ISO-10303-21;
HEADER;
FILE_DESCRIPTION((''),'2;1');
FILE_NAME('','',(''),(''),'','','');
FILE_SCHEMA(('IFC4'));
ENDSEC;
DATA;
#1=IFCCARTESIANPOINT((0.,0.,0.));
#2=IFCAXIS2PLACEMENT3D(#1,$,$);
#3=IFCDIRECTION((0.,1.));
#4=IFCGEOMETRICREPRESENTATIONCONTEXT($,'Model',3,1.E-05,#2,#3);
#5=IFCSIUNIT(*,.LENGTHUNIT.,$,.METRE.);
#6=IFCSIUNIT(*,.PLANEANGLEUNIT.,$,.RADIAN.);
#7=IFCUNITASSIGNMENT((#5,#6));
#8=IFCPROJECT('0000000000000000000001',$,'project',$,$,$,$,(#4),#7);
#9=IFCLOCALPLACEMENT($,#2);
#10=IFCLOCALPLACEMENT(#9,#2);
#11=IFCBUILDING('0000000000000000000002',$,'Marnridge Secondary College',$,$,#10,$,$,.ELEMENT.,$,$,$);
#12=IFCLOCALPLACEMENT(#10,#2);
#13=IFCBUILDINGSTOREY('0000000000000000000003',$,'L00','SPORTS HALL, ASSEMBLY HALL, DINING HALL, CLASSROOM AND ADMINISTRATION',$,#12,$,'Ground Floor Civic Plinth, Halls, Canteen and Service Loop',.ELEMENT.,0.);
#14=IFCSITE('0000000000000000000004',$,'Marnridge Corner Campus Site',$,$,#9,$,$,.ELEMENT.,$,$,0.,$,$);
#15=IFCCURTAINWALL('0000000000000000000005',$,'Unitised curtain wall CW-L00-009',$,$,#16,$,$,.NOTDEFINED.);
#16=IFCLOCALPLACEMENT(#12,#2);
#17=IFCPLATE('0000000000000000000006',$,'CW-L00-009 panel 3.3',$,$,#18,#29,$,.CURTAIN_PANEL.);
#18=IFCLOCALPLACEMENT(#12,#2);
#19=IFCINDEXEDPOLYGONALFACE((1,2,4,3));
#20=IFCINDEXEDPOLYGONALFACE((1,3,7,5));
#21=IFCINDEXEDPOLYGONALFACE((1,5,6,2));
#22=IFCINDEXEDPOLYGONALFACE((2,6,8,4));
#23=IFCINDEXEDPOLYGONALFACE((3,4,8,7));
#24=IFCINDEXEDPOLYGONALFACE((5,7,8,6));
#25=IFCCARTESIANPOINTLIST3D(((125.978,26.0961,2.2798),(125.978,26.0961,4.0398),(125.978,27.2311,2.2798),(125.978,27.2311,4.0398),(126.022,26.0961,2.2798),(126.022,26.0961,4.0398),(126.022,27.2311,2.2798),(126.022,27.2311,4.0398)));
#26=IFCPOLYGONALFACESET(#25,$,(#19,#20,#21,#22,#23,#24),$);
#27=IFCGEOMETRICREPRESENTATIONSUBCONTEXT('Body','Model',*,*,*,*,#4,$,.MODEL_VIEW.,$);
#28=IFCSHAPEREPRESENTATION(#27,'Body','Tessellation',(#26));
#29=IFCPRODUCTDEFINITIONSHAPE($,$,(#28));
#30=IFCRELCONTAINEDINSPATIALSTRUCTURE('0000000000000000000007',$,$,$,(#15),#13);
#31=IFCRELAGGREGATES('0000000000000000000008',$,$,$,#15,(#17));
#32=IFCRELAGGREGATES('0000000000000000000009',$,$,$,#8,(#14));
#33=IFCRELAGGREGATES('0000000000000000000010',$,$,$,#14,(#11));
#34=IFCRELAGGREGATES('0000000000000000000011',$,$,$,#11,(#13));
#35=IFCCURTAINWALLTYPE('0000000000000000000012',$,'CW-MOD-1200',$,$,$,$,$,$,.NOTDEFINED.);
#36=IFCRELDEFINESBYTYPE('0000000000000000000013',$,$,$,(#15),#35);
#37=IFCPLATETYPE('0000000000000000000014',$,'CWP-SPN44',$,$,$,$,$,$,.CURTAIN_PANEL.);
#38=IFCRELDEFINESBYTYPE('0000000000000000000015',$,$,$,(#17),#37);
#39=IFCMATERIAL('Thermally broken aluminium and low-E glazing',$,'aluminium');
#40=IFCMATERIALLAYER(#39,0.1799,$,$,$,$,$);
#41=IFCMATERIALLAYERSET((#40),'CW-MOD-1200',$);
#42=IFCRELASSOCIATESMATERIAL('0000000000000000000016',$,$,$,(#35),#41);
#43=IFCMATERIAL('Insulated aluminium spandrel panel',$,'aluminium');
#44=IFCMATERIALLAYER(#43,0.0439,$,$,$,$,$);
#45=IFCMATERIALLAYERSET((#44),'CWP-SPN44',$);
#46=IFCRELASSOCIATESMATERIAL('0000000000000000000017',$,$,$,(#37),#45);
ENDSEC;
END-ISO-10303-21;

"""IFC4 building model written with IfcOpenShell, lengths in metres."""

from ifc_helpers import new_model, si_unit, direction, frame, origin, origin_2d, place, context, subcontext, project, spatial, rectangle, extrude, material, layer, layer_set, type_object, element, aggregate, save


model = new_model("IFC4")

# Units and contexts
model_context = context("Model", 3, precision=1e-05, world=origin(), true_north=direction((0.0, 1.0)))
body_context = subcontext(model_context, "Body", "Model", "MODEL_VIEW")
ifc_project = project(units=[si_unit("LENGTHUNIT", "METRE"), si_unit("PLANEANGLEUNIT", "RADIAN")], contexts=[model_context])

# Site, building, storey
site_placement = place(None, origin())
site = spatial("IfcSite", under=ifc_project, at=site_placement, Name="Marnridge Corner Campus Site", CompositionType="ELEMENT", RefElevation=0.0)
building_placement = place(site_placement, origin())
building = spatial("IfcBuilding", under=site, at=building_placement, Name="Marnridge Secondary College", CompositionType="ELEMENT")
storey_placement = place(building_placement, origin())
storey = spatial("IfcBuildingStorey", under=building, at=storey_placement, Name="L00", Description="SPORTS HALL, ASSEMBLY HALL, DINING HALL, CLASSROOM AND ADMINISTRATION", LongName="Ground Floor Civic Plinth, Halls, Canteen and Service Loop", CompositionType="ELEMENT", Elevation=0.0)

# Curtain wall, plate
ifc_material_1 = material(Name="Thermally broken aluminium and low-E glazing", Category="aluminium")
ifc_layer_1 = layer(ifc_material_1, 0.1799)
ifc_layer_set_1 = layer_set([ifc_layer_1], Name="CW-MOD-1200")
curtain_wall_type = type_object("IfcCurtainWallType", Name="CW-MOD-1200", PredefinedType="NOTDEFINED", material=ifc_layer_set_1)
curtain_wall_placement = place(storey_placement, origin())
curtain_wall = element("IfcCurtainWall", 1, at=curtain_wall_placement, inside=storey, type_object=curtain_wall_type, Name="Unitised curtain wall CW-L00-009", PredefinedType="NOTDEFINED")
ifc_material_2 = material(Name="Insulated aluminium spandrel panel", Category="aluminium")
ifc_layer_2 = layer(ifc_material_2, 0.0439)
ifc_layer_set_2 = layer_set([ifc_layer_2], Name="CWP-SPN44")
plate_type = type_object("IfcPlateType", Name="CWP-SPN44", PredefinedType="CURTAIN_PANEL", material=ifc_layer_set_2)
plate_1_placement = place(storey_placement, frame((126.0, 26.6636, 2.2798), z_axis=(0.0, 0.0, 1.0), x_axis=(0.0, -1.0, 0.0)))
plate_1 = element("IfcPlate", 2, at=plate_1_placement, type_object=plate_type, Name="CW-L00-009 panel 3.3", PredefinedType="CURTAIN_PANEL", context=body_context, shape_type="SweptSolid", body=[
    extrude(rectangle(XDim=1.135, YDim=0.0439, at=origin_2d()), origin(), (0.0, 0.0, 1.0), 1.76),
])
aggregate(curtain_wall, [plate_1])

save(model, "model.ifc")
